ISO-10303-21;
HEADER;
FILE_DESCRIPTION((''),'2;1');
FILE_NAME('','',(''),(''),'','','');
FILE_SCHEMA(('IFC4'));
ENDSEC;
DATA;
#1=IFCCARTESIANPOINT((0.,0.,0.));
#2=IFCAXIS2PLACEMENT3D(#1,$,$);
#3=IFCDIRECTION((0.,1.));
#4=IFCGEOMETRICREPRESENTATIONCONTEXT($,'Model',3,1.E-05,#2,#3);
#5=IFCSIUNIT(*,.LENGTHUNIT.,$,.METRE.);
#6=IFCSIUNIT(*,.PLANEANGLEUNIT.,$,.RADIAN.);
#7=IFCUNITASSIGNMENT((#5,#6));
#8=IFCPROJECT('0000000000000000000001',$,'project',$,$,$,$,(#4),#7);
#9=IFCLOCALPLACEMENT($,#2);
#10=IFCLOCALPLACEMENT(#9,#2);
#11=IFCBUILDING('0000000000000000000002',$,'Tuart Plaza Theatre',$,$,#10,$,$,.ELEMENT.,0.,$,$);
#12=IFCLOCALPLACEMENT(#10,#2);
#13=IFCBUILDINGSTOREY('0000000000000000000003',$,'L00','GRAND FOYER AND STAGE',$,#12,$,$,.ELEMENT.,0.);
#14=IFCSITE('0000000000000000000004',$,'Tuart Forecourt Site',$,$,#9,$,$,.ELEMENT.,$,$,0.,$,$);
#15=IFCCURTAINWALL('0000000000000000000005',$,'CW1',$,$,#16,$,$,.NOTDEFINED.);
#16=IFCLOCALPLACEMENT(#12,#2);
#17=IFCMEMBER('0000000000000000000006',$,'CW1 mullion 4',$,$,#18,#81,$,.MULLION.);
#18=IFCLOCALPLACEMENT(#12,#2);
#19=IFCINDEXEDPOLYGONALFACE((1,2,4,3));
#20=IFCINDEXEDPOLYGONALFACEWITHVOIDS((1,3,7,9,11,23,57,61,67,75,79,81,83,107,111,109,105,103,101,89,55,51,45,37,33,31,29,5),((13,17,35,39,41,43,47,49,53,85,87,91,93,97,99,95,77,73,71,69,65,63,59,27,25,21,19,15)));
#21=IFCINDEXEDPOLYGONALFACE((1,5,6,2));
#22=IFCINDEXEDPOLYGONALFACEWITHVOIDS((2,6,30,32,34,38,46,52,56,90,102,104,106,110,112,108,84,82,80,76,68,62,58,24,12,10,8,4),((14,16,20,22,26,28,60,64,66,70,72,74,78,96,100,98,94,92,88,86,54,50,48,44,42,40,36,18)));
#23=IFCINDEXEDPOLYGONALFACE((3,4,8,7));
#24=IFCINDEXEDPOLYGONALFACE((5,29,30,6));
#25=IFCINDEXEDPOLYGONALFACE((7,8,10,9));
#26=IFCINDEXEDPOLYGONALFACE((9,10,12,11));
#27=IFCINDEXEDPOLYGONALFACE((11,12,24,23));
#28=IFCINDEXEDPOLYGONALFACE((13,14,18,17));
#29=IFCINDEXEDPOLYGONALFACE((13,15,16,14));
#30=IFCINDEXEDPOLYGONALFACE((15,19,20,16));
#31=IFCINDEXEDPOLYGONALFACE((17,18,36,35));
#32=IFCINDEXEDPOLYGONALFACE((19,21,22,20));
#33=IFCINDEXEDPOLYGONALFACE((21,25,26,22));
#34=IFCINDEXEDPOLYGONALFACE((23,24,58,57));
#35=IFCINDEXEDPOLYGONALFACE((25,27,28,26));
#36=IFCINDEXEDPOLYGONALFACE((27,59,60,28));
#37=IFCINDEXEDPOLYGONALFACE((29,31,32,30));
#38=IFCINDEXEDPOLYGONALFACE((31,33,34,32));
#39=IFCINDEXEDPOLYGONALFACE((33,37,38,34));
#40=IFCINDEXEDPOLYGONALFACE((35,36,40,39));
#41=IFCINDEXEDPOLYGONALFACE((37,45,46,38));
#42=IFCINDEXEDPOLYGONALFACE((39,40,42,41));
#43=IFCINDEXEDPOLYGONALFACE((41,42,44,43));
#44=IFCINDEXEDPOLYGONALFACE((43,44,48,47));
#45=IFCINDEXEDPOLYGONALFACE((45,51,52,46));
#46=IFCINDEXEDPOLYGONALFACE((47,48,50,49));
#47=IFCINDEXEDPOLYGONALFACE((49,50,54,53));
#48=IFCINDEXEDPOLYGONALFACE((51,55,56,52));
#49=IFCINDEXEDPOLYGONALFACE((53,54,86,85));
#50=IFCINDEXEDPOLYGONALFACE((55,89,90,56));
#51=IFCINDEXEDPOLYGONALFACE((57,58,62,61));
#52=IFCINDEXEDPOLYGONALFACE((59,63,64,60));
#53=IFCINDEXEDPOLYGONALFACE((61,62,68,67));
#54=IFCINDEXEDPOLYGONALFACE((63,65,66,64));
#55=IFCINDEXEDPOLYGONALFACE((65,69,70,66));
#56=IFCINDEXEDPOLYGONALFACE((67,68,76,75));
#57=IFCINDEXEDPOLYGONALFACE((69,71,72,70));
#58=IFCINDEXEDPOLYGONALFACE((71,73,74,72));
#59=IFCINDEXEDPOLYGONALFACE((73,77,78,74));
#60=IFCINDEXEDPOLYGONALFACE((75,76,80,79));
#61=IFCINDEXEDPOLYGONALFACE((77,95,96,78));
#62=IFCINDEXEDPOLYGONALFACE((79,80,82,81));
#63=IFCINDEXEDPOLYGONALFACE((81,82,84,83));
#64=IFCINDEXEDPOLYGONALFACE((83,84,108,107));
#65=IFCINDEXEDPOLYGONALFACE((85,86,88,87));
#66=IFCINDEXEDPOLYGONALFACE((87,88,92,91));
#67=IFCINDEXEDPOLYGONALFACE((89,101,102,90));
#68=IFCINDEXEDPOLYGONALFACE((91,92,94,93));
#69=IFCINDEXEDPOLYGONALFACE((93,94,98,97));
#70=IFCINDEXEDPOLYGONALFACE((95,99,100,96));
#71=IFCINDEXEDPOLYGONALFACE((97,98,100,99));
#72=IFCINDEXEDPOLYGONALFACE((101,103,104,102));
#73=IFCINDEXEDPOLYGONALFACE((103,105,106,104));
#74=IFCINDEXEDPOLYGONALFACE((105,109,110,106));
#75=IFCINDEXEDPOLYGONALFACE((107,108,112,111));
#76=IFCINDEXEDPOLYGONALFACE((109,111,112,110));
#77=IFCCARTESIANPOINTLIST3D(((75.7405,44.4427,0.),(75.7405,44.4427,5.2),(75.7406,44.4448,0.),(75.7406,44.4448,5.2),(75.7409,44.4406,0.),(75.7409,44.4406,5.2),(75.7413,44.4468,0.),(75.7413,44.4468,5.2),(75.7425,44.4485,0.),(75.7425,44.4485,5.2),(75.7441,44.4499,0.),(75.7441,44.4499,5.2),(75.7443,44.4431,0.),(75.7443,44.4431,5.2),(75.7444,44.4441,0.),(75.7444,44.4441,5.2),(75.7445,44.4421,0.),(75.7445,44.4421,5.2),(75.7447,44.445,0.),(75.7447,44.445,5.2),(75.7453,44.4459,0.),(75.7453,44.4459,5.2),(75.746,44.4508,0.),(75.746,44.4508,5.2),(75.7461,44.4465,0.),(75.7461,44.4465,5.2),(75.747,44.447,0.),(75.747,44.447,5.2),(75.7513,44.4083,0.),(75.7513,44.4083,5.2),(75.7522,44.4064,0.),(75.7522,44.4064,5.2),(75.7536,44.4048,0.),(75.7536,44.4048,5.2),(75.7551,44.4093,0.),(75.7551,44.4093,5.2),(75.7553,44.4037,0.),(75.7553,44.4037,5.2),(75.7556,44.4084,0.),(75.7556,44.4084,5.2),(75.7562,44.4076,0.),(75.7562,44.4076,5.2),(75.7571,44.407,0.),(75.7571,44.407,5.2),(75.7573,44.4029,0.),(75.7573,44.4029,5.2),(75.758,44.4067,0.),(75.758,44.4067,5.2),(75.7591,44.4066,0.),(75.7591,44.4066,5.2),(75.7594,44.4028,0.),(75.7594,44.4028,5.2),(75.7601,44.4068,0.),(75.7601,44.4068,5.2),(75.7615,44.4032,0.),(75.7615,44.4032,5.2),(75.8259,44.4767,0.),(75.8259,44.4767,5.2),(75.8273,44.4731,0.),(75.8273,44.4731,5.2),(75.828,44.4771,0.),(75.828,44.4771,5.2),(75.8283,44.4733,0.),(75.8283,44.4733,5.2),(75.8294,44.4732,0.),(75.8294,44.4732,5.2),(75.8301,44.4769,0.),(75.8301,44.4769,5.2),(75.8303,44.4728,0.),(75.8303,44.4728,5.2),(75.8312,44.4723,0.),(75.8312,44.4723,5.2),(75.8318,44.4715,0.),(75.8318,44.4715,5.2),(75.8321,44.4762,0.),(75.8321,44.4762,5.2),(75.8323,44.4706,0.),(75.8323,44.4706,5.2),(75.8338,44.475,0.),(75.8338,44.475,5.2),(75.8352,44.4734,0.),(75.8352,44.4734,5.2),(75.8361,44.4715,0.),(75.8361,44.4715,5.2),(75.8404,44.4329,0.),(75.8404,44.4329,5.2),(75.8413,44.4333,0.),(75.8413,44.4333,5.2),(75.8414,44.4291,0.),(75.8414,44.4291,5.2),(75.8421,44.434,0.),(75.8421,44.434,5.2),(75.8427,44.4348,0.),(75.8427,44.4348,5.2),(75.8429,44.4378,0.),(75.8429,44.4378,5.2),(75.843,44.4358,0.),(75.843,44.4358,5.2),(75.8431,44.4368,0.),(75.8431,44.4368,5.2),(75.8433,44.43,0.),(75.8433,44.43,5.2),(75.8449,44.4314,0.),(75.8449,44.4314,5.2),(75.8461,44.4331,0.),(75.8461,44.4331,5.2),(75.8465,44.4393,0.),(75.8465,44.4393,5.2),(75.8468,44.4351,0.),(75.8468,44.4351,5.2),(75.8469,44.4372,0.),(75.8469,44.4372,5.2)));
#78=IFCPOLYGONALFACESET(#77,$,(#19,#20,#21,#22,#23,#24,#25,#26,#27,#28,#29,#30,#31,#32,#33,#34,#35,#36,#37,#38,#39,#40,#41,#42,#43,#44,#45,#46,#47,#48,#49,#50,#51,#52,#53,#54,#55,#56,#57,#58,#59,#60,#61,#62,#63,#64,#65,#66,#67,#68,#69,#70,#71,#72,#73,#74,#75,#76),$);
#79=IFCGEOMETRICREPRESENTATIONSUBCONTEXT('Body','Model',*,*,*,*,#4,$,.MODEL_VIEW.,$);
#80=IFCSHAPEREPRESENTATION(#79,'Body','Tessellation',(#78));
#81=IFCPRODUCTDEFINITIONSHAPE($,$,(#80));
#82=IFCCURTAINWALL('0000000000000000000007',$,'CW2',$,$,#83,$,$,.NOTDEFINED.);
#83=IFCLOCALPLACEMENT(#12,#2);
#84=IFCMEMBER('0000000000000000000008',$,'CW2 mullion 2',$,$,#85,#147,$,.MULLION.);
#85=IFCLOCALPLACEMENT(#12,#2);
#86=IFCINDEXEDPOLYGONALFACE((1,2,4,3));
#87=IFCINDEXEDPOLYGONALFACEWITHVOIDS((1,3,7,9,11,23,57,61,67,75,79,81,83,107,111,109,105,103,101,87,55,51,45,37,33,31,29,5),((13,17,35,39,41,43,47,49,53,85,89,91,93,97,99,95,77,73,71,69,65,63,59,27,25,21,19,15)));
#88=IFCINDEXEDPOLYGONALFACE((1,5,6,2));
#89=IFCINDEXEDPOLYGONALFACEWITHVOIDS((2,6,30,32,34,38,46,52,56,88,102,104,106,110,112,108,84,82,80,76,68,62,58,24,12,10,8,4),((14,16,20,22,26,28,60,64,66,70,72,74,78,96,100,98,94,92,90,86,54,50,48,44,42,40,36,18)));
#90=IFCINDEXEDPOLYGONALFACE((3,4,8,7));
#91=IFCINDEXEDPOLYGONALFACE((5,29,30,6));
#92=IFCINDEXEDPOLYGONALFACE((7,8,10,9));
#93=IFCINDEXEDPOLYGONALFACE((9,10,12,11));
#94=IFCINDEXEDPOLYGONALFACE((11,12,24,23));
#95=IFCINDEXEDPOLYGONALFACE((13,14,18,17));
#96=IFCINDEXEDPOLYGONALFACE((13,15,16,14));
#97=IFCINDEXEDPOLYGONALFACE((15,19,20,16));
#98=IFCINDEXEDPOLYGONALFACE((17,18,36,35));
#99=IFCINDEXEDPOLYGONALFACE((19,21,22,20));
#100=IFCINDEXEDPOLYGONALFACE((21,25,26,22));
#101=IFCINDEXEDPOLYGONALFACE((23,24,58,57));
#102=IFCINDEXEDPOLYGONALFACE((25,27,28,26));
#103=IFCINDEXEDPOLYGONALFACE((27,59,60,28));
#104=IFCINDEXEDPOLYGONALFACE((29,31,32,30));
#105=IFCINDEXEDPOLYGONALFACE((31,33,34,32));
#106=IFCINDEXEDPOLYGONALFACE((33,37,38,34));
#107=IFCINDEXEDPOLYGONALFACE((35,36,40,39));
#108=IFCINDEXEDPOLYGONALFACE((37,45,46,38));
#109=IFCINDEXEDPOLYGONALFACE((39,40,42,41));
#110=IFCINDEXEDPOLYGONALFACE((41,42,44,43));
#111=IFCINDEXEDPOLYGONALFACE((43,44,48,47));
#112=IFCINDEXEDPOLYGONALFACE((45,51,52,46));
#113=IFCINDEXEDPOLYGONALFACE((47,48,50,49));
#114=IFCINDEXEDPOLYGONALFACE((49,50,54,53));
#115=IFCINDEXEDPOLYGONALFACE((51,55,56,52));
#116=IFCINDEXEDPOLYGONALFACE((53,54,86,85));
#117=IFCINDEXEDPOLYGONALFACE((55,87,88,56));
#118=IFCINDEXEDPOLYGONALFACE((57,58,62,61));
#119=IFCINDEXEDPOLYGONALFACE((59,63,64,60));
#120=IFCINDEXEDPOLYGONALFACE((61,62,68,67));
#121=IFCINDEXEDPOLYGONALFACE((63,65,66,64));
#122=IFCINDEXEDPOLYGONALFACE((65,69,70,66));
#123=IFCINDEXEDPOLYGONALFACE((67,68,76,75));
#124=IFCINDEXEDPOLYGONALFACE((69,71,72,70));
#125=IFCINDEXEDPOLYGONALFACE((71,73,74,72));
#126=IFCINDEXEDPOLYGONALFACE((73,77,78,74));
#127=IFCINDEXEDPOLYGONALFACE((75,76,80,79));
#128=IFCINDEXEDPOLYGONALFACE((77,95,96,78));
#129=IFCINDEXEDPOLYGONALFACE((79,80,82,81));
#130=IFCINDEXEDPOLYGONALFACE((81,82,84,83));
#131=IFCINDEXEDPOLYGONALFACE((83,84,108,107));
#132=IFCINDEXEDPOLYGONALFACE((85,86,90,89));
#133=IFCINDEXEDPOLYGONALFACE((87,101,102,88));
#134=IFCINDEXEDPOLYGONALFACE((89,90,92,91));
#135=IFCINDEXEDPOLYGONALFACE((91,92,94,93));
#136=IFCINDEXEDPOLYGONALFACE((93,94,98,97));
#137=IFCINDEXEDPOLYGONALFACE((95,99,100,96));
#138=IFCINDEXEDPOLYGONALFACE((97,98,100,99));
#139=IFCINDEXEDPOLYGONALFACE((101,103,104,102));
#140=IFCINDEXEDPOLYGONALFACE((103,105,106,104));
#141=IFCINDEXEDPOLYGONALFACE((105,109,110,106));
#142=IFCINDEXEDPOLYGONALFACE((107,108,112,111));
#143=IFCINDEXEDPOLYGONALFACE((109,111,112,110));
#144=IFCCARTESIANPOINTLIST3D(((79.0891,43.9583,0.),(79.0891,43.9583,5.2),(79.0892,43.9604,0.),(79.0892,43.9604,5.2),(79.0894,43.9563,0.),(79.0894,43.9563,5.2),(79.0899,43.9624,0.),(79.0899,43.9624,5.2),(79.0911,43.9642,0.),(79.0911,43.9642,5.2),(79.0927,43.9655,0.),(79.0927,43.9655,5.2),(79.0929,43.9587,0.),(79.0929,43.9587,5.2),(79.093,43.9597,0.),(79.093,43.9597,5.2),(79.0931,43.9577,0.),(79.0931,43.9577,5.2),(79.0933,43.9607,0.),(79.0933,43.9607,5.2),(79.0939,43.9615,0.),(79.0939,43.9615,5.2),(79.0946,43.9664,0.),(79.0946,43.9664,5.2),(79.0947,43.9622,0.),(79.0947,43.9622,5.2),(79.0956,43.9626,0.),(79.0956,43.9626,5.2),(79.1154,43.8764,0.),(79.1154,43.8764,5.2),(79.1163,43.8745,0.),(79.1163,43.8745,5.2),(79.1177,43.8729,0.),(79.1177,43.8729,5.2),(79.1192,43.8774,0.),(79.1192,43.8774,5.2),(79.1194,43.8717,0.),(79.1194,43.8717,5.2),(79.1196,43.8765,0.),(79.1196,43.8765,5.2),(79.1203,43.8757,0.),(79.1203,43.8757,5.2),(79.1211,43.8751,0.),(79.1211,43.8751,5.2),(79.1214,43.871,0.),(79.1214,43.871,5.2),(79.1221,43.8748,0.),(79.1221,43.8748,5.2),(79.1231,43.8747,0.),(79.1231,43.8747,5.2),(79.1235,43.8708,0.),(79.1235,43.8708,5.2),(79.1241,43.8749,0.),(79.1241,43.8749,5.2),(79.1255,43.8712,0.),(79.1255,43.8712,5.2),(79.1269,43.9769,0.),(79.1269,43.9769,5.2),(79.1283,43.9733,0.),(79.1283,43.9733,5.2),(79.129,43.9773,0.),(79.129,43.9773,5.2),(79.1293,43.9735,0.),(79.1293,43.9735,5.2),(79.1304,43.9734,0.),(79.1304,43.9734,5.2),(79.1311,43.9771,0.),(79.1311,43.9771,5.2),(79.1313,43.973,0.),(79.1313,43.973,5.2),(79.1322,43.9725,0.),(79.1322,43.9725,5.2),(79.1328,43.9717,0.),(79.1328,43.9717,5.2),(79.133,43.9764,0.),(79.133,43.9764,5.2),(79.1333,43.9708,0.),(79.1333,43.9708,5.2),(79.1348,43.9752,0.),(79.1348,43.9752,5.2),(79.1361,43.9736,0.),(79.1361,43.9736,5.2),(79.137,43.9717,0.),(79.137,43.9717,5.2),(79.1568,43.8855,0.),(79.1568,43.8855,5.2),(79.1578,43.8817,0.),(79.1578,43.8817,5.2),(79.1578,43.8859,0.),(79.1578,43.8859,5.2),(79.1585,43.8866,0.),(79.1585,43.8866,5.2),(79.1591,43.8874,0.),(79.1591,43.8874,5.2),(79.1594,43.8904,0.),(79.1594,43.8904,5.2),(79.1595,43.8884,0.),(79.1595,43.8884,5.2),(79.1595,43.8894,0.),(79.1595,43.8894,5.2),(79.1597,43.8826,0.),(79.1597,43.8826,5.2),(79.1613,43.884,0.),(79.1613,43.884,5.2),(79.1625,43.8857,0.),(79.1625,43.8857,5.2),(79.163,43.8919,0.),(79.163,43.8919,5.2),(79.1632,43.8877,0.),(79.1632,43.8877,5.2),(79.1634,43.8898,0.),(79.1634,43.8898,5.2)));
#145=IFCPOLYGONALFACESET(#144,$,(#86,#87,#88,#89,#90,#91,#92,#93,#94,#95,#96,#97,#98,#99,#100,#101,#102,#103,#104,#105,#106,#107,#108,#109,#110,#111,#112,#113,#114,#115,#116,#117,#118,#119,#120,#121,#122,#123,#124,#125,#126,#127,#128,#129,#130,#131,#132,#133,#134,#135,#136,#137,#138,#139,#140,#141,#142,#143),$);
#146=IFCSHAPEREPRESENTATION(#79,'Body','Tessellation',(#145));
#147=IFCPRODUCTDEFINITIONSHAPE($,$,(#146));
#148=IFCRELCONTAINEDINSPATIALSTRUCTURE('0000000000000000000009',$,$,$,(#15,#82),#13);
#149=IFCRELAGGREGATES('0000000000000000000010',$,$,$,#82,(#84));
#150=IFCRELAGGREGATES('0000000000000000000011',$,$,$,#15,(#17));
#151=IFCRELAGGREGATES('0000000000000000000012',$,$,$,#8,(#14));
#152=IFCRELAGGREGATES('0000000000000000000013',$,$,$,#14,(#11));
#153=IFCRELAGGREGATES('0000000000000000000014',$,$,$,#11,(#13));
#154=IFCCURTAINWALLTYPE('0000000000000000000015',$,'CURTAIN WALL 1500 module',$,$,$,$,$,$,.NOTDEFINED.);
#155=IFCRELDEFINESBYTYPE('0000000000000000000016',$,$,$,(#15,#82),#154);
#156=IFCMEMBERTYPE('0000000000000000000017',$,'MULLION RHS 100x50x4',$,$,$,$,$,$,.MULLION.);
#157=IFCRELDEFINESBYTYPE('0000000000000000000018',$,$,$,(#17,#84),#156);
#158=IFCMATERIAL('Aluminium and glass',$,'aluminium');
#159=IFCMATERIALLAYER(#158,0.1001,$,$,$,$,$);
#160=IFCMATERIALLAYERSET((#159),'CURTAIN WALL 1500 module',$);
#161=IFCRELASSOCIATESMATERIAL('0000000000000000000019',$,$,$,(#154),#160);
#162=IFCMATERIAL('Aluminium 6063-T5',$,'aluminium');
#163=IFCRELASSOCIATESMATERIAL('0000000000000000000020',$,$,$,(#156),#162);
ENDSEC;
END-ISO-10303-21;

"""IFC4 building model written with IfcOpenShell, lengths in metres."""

from ifc_helpers import new_model, si_unit, direction, frame, origin, origin_2d, place, context, subcontext, project, spatial, hollow_rectangle, extrude, material, layer, layer_set, material_profile, profile_set, type_object, element, aggregate, save


model = new_model("IFC4")

# Units and contexts
model_context = context("Model", 3, precision=1e-05, world=origin(), true_north=direction((0.0, 1.0)))
body_context = subcontext(model_context, "Body", "Model", "MODEL_VIEW")
ifc_project = project(units=[si_unit("LENGTHUNIT", "METRE"), si_unit("PLANEANGLEUNIT", "RADIAN")], contexts=[model_context])

# Site, building, storey
site_placement = place(None, origin())
site = spatial("IfcSite", under=ifc_project, at=site_placement, Name="Tuart Forecourt Site", CompositionType="ELEMENT", RefElevation=0.0)
building_placement = place(site_placement, origin())
building = spatial("IfcBuilding", under=site, at=building_placement, Name="Tuart Plaza Theatre", CompositionType="ELEMENT", ElevationOfRefHeight=0.0)
storey_placement = place(building_placement, origin())
storey = spatial("IfcBuildingStorey", under=building, at=storey_placement, Name="L00", Description="GRAND FOYER AND STAGE", CompositionType="ELEMENT", Elevation=0.0)

# Curtain wall, member
ifc_material_1 = material(Name="Aluminium and glass", Category="aluminium")
ifc_layer_1 = layer(ifc_material_1, 0.1001)
ifc_layer_set_1 = layer_set([ifc_layer_1], Name="CURTAIN WALL 1500 module")
curtain_wall_type = type_object("IfcCurtainWallType", Name="CURTAIN WALL 1500 module", PredefinedType="NOTDEFINED", material=ifc_layer_set_1)
curtain_wall_1_placement = place(storey_placement, origin())
curtain_wall_1 = element("IfcCurtainWall", 1, at=curtain_wall_1_placement, inside=storey, type_object=curtain_wall_type, Name="CW1", PredefinedType="NOTDEFINED")
ifc_material_2 = material(Name="Aluminium 6063-T5", Category="aluminium")
ifc_material_profile_1 = material_profile(ifc_material_2, hollow_rectangle(XDim=0.05, YDim=0.1001, WallThickness=0.0039, InnerFilletRadius=0.0039, OuterFilletRadius=0.0081, at=origin_2d()), Name="RHS 100x50x4")
ifc_profile_set_1 = profile_set([ifc_material_profile_1], Name="Aluminium 6063-T5")
member_type_1 = type_object("IfcMemberType", Name="MULLION RHS 100x50x4", PredefinedType="MULLION", material=ifc_profile_set_1)
member_1_placement = place(storey_placement, frame((75.7937, 44.4399, 0.0), z_axis=(0.0, 0.0, 1.0), x_axis=(-0.308986, 0.951067, 0.0)))
member_1 = element("IfcMember", 2, at=member_1_placement, type_object=member_type_1, Name="CW1 mullion 4", PredefinedType="MULLION", context=body_context, shape_type="SweptSolid", body=[
    extrude(hollow_rectangle(XDim=0.05, YDim=0.1001, WallThickness=0.0039, InnerFilletRadius=0.0039, OuterFilletRadius=0.0081, at=origin_2d()), origin(), (0.0, 0.0, 1.0), 5.2),
])

# Curtain wall, member
curtain_wall_2_placement = place(storey_placement, origin())
curtain_wall_2 = element("IfcCurtainWall", 3, at=curtain_wall_2_placement, inside=storey, type_object=curtain_wall_type, Name="CW2", PredefinedType="NOTDEFINED")
member_2_placement = place(storey_placement, frame((79.1262, 43.9241, 0.0), z_axis=(0.0, 0.0, 1.0), x_axis=(0.951056, 0.309018, 0.0)))
member_2 = element("IfcMember", 4, at=member_2_placement, type_object=member_type_1, Name="CW2 mullion 2", PredefinedType="MULLION", context=body_context, shape_type="SweptSolid", body=[
    extrude(hollow_rectangle(XDim=0.05, YDim=0.1001, WallThickness=0.0039, InnerFilletRadius=0.0039, OuterFilletRadius=0.0081, at=origin_2d()), origin(), (0.0, 0.0, 1.0), 5.2),
])

aggregate(curtain_wall_2, [member_2])

aggregate(curtain_wall_1, [member_1])

save(model, "model.ifc")
